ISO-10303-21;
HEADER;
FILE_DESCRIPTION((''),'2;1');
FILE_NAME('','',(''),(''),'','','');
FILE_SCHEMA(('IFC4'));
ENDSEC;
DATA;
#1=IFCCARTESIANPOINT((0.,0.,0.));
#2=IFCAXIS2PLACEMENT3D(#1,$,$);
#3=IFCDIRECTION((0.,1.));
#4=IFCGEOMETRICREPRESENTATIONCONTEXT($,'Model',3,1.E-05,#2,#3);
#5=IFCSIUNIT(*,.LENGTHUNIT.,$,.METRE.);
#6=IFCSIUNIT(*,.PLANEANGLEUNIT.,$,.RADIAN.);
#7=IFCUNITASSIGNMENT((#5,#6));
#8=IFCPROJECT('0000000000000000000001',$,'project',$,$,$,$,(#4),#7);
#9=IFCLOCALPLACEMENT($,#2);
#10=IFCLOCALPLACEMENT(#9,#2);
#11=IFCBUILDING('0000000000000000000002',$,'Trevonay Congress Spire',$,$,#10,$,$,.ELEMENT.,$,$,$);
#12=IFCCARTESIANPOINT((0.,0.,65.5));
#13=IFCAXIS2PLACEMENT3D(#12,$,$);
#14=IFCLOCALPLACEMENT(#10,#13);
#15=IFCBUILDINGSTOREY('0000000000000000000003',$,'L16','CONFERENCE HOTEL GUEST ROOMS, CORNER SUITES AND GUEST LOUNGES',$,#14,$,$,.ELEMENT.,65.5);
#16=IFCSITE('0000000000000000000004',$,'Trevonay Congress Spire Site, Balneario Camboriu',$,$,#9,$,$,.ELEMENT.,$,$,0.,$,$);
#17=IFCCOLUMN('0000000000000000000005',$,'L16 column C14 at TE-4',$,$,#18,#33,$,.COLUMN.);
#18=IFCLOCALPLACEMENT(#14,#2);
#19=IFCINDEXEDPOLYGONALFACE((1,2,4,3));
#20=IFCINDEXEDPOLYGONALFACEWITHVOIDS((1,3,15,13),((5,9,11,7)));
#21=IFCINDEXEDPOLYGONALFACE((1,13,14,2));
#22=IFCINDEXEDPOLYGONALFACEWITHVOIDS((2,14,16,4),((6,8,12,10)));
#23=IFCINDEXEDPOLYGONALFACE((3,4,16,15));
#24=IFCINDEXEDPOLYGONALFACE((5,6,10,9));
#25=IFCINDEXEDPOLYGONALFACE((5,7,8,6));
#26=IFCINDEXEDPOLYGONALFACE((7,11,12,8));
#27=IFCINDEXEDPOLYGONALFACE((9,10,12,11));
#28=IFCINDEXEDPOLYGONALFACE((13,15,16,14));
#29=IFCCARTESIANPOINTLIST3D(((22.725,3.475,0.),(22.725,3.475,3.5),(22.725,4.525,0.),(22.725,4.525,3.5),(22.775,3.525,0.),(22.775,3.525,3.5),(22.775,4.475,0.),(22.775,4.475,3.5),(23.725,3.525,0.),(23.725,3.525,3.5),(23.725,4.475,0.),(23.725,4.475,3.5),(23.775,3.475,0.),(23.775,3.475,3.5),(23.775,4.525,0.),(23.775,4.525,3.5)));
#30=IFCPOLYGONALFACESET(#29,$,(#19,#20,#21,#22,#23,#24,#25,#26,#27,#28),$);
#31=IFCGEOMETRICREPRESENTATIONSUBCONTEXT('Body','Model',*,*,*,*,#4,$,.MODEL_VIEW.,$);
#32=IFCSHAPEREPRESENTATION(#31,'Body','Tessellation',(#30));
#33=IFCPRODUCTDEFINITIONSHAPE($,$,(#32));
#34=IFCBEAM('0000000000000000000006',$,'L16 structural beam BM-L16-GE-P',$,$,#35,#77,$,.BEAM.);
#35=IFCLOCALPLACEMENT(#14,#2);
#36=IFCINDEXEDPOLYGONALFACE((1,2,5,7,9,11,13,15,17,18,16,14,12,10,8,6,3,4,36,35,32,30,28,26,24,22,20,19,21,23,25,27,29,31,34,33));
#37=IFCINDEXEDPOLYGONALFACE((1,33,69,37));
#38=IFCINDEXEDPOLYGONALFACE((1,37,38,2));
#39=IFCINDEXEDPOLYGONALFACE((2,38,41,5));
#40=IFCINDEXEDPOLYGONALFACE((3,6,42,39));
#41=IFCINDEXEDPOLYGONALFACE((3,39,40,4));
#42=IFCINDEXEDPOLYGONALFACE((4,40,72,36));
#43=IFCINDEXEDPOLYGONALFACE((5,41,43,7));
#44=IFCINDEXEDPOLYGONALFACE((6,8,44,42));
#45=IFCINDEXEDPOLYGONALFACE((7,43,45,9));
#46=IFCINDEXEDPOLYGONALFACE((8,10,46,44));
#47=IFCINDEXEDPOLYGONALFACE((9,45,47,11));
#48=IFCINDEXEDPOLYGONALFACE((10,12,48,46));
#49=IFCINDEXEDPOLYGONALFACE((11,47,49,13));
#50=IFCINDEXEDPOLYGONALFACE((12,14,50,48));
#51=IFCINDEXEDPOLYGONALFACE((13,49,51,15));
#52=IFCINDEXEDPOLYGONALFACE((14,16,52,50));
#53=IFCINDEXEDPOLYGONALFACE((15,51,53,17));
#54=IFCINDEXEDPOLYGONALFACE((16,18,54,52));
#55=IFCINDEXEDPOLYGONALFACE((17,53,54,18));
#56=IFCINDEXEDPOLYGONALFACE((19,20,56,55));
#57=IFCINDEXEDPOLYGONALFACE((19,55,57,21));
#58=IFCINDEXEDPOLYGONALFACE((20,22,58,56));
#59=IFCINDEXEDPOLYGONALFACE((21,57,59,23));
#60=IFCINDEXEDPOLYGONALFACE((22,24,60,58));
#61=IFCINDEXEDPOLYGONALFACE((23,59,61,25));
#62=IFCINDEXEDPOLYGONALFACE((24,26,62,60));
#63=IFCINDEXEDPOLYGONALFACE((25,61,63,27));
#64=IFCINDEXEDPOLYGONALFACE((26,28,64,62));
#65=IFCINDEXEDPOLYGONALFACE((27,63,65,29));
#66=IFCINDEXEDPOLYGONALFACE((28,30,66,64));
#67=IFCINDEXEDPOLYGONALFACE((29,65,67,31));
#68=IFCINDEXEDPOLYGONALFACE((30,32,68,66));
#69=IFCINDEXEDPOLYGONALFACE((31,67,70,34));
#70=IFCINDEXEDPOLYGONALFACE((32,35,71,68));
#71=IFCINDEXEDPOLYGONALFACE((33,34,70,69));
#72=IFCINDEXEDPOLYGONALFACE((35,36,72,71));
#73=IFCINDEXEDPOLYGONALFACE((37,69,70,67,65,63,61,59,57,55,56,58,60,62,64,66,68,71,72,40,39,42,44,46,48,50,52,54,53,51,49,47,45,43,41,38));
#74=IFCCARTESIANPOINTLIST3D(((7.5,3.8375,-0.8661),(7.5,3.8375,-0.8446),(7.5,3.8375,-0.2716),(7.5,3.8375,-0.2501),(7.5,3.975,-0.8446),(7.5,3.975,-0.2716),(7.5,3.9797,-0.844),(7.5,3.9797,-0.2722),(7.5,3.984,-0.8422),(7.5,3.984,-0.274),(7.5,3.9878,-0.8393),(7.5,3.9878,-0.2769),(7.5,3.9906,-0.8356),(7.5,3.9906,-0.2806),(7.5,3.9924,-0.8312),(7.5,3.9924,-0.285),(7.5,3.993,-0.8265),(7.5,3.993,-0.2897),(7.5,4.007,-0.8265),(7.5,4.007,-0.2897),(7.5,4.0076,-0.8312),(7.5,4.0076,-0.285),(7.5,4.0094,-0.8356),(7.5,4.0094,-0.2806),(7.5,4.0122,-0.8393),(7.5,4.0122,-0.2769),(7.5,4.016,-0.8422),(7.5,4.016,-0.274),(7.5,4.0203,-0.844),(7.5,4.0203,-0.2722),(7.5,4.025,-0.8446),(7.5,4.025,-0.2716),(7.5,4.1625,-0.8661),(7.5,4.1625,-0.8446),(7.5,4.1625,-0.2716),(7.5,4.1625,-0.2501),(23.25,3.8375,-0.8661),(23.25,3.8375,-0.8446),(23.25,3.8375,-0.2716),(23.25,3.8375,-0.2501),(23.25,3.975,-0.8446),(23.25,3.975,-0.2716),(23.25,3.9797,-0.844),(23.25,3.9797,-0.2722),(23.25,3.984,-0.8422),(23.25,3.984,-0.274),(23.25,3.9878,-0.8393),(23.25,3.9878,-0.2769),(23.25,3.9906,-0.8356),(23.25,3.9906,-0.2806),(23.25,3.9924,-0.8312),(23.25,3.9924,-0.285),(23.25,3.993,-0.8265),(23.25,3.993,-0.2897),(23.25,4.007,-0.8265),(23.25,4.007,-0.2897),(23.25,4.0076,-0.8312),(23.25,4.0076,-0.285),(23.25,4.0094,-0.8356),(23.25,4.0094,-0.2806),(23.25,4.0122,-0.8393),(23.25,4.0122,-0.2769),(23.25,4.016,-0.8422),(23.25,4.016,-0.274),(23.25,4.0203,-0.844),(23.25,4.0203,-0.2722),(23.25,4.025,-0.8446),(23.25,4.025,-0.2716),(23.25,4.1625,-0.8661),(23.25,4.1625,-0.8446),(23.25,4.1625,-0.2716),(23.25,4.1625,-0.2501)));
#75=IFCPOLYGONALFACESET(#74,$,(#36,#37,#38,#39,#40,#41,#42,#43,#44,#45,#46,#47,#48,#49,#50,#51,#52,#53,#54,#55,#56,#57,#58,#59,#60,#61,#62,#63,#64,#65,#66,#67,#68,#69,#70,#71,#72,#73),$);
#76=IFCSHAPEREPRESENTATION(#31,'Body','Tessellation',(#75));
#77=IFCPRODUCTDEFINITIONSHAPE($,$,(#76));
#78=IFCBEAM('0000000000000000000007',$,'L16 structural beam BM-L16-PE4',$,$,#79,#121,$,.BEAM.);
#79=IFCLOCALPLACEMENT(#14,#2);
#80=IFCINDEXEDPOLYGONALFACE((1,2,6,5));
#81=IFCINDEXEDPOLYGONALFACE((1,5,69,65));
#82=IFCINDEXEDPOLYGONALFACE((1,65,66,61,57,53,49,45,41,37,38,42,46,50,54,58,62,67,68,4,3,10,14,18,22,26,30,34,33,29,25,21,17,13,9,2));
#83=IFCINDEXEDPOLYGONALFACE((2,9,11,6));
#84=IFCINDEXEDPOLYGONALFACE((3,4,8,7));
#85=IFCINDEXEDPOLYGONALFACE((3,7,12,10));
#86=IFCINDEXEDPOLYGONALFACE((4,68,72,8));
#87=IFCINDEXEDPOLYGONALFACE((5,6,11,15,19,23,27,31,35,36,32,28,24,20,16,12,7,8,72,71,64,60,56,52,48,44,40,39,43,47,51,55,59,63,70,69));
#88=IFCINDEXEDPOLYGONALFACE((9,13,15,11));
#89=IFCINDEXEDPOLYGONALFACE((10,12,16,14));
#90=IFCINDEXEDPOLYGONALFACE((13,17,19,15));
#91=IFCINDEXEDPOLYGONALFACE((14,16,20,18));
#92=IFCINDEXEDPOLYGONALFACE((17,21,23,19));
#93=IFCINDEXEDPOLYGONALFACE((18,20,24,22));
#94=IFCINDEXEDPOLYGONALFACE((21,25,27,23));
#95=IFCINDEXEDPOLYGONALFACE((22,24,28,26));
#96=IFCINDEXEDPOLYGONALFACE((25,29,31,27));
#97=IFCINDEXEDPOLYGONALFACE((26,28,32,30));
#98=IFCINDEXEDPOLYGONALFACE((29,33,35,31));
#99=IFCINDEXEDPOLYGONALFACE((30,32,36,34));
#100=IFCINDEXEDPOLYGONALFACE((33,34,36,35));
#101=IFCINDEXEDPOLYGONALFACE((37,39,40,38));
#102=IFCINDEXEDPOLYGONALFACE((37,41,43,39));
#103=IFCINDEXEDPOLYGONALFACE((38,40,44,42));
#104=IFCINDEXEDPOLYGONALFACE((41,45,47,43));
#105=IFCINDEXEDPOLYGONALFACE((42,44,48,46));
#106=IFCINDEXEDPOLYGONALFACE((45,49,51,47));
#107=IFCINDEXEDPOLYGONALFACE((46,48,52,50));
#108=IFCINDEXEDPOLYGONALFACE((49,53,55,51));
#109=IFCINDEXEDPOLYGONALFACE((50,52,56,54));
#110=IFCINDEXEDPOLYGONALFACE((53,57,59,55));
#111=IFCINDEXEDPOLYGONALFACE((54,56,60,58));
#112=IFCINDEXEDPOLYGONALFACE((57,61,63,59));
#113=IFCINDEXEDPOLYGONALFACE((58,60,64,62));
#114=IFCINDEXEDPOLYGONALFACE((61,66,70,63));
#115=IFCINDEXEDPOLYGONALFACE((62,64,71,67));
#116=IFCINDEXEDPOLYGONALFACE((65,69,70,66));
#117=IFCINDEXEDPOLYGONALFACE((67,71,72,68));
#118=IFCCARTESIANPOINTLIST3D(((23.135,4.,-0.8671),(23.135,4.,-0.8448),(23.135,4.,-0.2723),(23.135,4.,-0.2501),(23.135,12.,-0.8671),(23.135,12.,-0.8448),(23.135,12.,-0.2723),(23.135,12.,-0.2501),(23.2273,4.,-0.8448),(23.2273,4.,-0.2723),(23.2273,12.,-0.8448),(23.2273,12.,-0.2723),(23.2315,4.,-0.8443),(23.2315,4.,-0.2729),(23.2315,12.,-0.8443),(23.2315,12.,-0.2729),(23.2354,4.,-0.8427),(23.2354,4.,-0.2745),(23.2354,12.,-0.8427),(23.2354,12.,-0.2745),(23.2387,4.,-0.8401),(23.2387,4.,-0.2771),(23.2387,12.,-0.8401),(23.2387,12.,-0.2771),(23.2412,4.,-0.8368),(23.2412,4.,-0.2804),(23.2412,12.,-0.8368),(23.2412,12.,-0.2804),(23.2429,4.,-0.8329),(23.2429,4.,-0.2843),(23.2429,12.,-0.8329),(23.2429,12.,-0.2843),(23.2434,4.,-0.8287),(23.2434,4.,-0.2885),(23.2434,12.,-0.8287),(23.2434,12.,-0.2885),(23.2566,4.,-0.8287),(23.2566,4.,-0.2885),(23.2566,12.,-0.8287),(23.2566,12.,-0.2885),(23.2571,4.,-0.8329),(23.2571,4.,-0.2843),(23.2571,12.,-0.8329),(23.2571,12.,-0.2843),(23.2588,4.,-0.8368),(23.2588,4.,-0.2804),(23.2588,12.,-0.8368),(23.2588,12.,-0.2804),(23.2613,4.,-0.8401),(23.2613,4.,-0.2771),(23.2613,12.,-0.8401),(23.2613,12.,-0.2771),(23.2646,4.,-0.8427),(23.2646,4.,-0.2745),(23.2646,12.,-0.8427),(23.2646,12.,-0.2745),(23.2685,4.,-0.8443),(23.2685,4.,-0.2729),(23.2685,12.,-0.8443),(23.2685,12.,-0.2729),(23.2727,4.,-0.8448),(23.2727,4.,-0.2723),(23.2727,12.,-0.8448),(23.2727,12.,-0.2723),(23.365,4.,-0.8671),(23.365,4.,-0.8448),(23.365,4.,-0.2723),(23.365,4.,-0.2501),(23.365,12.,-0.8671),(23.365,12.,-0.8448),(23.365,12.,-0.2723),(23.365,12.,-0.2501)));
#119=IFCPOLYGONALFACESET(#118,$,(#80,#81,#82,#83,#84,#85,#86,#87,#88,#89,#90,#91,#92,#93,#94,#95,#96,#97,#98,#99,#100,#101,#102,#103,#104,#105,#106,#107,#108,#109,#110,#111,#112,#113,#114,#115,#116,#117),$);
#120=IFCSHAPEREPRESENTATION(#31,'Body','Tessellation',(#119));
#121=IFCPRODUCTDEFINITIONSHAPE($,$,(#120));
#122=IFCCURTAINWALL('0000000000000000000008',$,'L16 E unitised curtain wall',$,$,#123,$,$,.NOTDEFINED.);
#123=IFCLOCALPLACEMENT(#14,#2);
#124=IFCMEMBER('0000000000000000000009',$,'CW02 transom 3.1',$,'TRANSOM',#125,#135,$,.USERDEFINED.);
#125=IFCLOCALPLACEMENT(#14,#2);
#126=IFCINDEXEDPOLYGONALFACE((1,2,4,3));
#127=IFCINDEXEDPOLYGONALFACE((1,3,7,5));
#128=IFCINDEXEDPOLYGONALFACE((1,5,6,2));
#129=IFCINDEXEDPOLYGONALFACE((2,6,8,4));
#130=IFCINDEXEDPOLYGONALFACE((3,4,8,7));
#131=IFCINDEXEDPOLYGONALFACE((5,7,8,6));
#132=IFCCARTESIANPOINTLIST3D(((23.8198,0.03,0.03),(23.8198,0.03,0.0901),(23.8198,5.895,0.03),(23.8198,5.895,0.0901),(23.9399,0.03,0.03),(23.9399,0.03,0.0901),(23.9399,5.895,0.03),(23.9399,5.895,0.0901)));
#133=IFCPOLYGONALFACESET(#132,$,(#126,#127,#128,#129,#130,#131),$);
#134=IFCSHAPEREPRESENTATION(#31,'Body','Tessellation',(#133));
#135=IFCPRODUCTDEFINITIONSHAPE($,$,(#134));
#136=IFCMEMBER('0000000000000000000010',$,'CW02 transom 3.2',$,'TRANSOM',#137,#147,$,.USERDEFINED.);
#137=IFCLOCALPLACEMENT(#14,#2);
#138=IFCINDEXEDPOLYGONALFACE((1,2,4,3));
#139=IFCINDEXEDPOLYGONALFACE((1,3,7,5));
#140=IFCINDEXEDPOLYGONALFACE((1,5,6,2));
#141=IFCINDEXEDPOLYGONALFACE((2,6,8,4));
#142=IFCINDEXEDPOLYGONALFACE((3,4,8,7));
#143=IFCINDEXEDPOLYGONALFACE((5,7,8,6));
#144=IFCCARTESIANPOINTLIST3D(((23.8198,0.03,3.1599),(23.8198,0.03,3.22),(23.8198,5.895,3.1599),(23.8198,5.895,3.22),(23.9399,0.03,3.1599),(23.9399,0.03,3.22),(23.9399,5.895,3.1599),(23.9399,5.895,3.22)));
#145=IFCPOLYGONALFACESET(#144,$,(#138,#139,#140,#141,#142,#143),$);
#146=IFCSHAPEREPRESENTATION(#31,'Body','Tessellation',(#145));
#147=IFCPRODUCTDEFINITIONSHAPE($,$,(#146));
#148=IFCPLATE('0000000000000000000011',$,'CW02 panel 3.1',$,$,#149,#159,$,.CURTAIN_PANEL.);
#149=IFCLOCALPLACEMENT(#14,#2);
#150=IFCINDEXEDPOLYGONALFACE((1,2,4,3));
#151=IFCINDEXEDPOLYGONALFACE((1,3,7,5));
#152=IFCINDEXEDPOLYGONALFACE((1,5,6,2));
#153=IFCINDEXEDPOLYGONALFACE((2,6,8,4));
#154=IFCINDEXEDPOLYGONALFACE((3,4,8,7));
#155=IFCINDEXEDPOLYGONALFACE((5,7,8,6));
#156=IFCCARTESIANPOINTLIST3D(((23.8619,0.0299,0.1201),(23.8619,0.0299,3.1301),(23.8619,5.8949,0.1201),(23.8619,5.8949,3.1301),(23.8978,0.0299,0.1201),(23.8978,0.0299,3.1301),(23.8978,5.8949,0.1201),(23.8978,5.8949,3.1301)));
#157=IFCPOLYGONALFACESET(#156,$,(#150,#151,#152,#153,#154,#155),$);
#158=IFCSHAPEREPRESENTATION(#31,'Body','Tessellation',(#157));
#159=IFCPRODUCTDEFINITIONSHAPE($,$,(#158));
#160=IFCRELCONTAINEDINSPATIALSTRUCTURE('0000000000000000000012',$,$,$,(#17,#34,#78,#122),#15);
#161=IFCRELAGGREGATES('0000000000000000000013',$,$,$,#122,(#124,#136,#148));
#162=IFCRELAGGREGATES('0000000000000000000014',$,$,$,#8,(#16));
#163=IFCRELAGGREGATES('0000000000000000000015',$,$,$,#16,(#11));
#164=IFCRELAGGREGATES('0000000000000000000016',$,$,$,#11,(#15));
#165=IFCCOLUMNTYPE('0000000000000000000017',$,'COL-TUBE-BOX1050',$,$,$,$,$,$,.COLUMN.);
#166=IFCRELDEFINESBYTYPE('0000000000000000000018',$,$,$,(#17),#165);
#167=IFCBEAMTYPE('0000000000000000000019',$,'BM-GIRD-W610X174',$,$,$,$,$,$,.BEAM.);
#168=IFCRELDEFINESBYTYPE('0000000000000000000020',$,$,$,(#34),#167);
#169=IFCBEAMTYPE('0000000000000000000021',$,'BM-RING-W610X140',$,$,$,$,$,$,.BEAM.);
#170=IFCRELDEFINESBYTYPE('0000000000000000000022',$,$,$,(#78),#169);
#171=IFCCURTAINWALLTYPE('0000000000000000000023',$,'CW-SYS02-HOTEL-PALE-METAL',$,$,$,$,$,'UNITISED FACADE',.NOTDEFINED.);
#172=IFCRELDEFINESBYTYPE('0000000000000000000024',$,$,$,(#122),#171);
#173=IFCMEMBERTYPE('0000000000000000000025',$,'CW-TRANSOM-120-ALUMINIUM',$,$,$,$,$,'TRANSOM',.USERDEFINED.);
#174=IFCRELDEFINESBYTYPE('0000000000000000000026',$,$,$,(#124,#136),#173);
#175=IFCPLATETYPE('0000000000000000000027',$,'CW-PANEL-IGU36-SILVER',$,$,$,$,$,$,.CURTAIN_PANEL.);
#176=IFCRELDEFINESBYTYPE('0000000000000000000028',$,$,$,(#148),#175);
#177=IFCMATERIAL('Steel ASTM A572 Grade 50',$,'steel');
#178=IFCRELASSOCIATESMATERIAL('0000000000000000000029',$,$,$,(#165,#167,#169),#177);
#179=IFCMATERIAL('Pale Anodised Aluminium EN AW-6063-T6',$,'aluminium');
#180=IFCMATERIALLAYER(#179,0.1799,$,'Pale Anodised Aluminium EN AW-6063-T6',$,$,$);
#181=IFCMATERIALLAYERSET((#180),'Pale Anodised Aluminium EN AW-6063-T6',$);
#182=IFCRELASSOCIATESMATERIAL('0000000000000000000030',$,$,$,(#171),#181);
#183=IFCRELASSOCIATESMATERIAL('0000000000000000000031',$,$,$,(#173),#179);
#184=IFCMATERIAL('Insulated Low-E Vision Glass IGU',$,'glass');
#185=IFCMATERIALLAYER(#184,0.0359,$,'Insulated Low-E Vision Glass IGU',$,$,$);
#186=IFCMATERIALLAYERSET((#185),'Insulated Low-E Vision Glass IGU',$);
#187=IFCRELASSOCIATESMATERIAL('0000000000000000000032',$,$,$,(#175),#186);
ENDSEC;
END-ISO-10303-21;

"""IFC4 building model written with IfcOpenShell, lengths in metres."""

from ifc_helpers import new_model, si_unit, direction, frame, origin, origin_2d, place, context, subcontext, project, spatial, rectangle, hollow_rectangle, i_section, extrude, material, layer, layer_set, material_profile, profile_set, type_object, element, aggregate, save


model = new_model("IFC4")

# Units and contexts
model_context = context("Model", 3, precision=1e-05, world=origin(), true_north=direction((0.0, 1.0)))
body_context = subcontext(model_context, "Body", "Model", "MODEL_VIEW")
ifc_project = project(units=[si_unit("LENGTHUNIT", "METRE"), si_unit("PLANEANGLEUNIT", "RADIAN")], contexts=[model_context])

# Site, building, storey
site_placement = place(None, origin())
site = spatial("IfcSite", under=ifc_project, at=site_placement, Name="Trevonay Congress Spire Site, Balneario Camboriu", CompositionType="ELEMENT", RefElevation=0.0)
building_placement = place(site_placement, origin())
building = spatial("IfcBuilding", under=site, at=building_placement, Name="Trevonay Congress Spire", CompositionType="ELEMENT")
storey_placement = place(building_placement, frame((0.0, 0.0, 65.5)))
storey = spatial("IfcBuildingStorey", under=building, at=storey_placement, Name="L16", Description="CONFERENCE HOTEL GUEST ROOMS, CORNER SUITES AND GUEST LOUNGES", CompositionType="ELEMENT", Elevation=65.5)

# Column
ifc_material_1 = material(Name="Steel ASTM A572 Grade 50", Category="steel")
ifc_material_profile_1 = material_profile(ifc_material_1, hollow_rectangle(XDim=1.05, YDim=1.05, WallThickness=0.05, at=origin_2d()), Name="BOX 1050x1050x50")
ifc_profile_set_1 = profile_set([ifc_material_profile_1], Name="Steel ASTM A572 Grade 50")
column_type = type_object("IfcColumnType", Name="COL-TUBE-BOX1050", PredefinedType="COLUMN", material=ifc_profile_set_1)
column_placement = place(storey_placement, frame((23.25, 4.0, 0.0), z_axis=(0.0, 0.0, 1.0), x_axis=(1.0, 0.0, 0.0)))
element("IfcColumn", 1, at=column_placement, inside=storey, type_object=column_type, Name="L16 column C14 at TE-4", PredefinedType="COLUMN", context=body_context, shape_type="SweptSolid", body=[
    extrude(hollow_rectangle(XDim=1.05, YDim=1.05, WallThickness=0.05, at=origin_2d()), origin(), (0.0, 0.0, 1.0), 3.5),
])

# Beams
ifc_material_profile_2 = material_profile(ifc_material_1, i_section(OverallWidth=0.325, OverallDepth=0.616, WebThickness=0.0139, FlangeThickness=0.0215, FilletRadius=0.0181, at=origin_2d()), Name="W610x174")
ifc_profile_set_2 = profile_set([ifc_material_profile_2], Name="Steel ASTM A572 Grade 50")
beam_type_1 = type_object("IfcBeamType", Name="BM-GIRD-W610X174", PredefinedType="BEAM", material=ifc_profile_set_2)
beam_1_placement = place(storey_placement, frame((7.5, 4.0, -0.5581), z_axis=(1.0, 0.0, 0.0), x_axis=(0.0, 1.0, 0.0)))
element("IfcBeam", 2, at=beam_1_placement, inside=storey, type_object=beam_type_1, Name="L16 structural beam BM-L16-GE-P", PredefinedType="BEAM", context=body_context, shape_type="SweptSolid", body=[
    extrude(i_section(OverallWidth=0.325, OverallDepth=0.616, WebThickness=0.0139, FlangeThickness=0.0215, FilletRadius=0.0181, at=origin_2d()), origin(), (0.0, 0.0, 1.0), 15.75),
])
ifc_material_profile_3 = material_profile(ifc_material_1, i_section(OverallWidth=0.23, OverallDepth=0.6169, WebThickness=0.0132, FlangeThickness=0.0222, FilletRadius=0.0161, at=origin_2d()), Name="W610x140")
ifc_profile_set_3 = profile_set([ifc_material_profile_3], Name="Steel ASTM A572 Grade 50")
beam_type_2 = type_object("IfcBeamType", Name="BM-RING-W610X140", PredefinedType="BEAM", material=ifc_profile_set_3)
beam_2_placement = place(storey_placement, frame((23.25, 4.0, -0.5586), z_axis=(0.0, 1.0, 0.0), x_axis=(-1.0, 0.0, 0.0)))
element("IfcBeam", 3, at=beam_2_placement, inside=storey, type_object=beam_type_2, Name="L16 structural beam BM-L16-PE4", PredefinedType="BEAM", context=body_context, shape_type="SweptSolid", body=[
    extrude(i_section(OverallWidth=0.23, OverallDepth=0.6169, WebThickness=0.0132, FlangeThickness=0.0222, FilletRadius=0.0161, at=origin_2d()), origin(), (0.0, 0.0, 1.0), 8.0),
])

# Curtain wall, members, plate
ifc_material_2 = material(Name="Pale Anodised Aluminium EN AW-6063-T6", Category="aluminium")
ifc_layer_1 = layer(ifc_material_2, 0.1799, Name="Pale Anodised Aluminium EN AW-6063-T6")
ifc_layer_set_1 = layer_set([ifc_layer_1], Name="Pale Anodised Aluminium EN AW-6063-T6")
curtain_wall_type = type_object("IfcCurtainWallType", Name="CW-SYS02-HOTEL-PALE-METAL", ElementType="UNITISED FACADE", PredefinedType="NOTDEFINED", material=ifc_layer_set_1)
curtain_wall_placement = place(storey_placement, origin())
curtain_wall = element("IfcCurtainWall", 4, at=curtain_wall_placement, inside=storey, type_object=curtain_wall_type, Name="L16 E unitised curtain wall", PredefinedType="NOTDEFINED")
ifc_material_profile_4 = material_profile(ifc_material_2, rectangle(XDim=0.1201, YDim=0.0601, at=origin_2d()), Name="CW-TRANSOM-120-ALUMINIUM")
ifc_profile_set_4 = profile_set([ifc_material_profile_4], Name="Pale Anodised Aluminium EN AW-6063-T6")
member_type = type_object("IfcMemberType", Name="CW-TRANSOM-120-ALUMINIUM", ElementType="TRANSOM", PredefinedType="USERDEFINED", material=ifc_profile_set_4)
member_1_placement = place(storey_placement, frame((23.8799, 0.03, 0.0601), z_axis=(0.0, 1.0, 0.0), x_axis=(-1.0, 0.0, 0.0)))
member_1 = element("IfcMember", 5, at=member_1_placement, type_object=member_type, Name="CW02 transom 3.1", ObjectType="TRANSOM", PredefinedType="USERDEFINED", context=body_context, shape_type="SweptSolid", body=[
    extrude(rectangle(XDim=0.1201, YDim=0.0601, at=origin_2d()), origin(), (0.0, 0.0, 1.0), 5.865),
])
member_2_placement = place(storey_placement, frame((23.8799, 0.03, 3.1899), z_axis=(0.0, 1.0, 0.0), x_axis=(-1.0, 0.0, 0.0)))
member_2 = element("IfcMember", 6, at=member_2_placement, type_object=member_type, Name="CW02 transom 3.2", ObjectType="TRANSOM", PredefinedType="USERDEFINED", context=body_context, shape_type="SweptSolid", body=[
    extrude(rectangle(XDim=0.1201, YDim=0.0601, at=origin_2d()), origin(), (0.0, 0.0, 1.0), 5.865),
])
ifc_material_3 = material(Name="Insulated Low-E Vision Glass IGU", Category="glass")
ifc_layer_2 = layer(ifc_material_3, 0.0359, Name="Insulated Low-E Vision Glass IGU")
ifc_layer_set_2 = layer_set([ifc_layer_2], Name="Insulated Low-E Vision Glass IGU")
plate_type = type_object("IfcPlateType", Name="CW-PANEL-IGU36-SILVER", PredefinedType="CURTAIN_PANEL", material=ifc_layer_set_2)
plate_placement = place(storey_placement, frame((23.8799, 2.9624, 0.1201), z_axis=(0.0, 0.0, 1.0), x_axis=(0.0, 1.0, 0.0)))
plate = element("IfcPlate", 7, at=plate_placement, type_object=plate_type, Name="CW02 panel 3.1", PredefinedType="CURTAIN_PANEL", context=body_context, shape_type="SweptSolid", body=[
    extrude(rectangle(XDim=5.865, YDim=0.0359, at=origin_2d()), origin(), (0.0, 0.0, 1.0), 3.01),
])
aggregate(curtain_wall, [member_1, member_2, plate])

save(model, "model.ifc")
